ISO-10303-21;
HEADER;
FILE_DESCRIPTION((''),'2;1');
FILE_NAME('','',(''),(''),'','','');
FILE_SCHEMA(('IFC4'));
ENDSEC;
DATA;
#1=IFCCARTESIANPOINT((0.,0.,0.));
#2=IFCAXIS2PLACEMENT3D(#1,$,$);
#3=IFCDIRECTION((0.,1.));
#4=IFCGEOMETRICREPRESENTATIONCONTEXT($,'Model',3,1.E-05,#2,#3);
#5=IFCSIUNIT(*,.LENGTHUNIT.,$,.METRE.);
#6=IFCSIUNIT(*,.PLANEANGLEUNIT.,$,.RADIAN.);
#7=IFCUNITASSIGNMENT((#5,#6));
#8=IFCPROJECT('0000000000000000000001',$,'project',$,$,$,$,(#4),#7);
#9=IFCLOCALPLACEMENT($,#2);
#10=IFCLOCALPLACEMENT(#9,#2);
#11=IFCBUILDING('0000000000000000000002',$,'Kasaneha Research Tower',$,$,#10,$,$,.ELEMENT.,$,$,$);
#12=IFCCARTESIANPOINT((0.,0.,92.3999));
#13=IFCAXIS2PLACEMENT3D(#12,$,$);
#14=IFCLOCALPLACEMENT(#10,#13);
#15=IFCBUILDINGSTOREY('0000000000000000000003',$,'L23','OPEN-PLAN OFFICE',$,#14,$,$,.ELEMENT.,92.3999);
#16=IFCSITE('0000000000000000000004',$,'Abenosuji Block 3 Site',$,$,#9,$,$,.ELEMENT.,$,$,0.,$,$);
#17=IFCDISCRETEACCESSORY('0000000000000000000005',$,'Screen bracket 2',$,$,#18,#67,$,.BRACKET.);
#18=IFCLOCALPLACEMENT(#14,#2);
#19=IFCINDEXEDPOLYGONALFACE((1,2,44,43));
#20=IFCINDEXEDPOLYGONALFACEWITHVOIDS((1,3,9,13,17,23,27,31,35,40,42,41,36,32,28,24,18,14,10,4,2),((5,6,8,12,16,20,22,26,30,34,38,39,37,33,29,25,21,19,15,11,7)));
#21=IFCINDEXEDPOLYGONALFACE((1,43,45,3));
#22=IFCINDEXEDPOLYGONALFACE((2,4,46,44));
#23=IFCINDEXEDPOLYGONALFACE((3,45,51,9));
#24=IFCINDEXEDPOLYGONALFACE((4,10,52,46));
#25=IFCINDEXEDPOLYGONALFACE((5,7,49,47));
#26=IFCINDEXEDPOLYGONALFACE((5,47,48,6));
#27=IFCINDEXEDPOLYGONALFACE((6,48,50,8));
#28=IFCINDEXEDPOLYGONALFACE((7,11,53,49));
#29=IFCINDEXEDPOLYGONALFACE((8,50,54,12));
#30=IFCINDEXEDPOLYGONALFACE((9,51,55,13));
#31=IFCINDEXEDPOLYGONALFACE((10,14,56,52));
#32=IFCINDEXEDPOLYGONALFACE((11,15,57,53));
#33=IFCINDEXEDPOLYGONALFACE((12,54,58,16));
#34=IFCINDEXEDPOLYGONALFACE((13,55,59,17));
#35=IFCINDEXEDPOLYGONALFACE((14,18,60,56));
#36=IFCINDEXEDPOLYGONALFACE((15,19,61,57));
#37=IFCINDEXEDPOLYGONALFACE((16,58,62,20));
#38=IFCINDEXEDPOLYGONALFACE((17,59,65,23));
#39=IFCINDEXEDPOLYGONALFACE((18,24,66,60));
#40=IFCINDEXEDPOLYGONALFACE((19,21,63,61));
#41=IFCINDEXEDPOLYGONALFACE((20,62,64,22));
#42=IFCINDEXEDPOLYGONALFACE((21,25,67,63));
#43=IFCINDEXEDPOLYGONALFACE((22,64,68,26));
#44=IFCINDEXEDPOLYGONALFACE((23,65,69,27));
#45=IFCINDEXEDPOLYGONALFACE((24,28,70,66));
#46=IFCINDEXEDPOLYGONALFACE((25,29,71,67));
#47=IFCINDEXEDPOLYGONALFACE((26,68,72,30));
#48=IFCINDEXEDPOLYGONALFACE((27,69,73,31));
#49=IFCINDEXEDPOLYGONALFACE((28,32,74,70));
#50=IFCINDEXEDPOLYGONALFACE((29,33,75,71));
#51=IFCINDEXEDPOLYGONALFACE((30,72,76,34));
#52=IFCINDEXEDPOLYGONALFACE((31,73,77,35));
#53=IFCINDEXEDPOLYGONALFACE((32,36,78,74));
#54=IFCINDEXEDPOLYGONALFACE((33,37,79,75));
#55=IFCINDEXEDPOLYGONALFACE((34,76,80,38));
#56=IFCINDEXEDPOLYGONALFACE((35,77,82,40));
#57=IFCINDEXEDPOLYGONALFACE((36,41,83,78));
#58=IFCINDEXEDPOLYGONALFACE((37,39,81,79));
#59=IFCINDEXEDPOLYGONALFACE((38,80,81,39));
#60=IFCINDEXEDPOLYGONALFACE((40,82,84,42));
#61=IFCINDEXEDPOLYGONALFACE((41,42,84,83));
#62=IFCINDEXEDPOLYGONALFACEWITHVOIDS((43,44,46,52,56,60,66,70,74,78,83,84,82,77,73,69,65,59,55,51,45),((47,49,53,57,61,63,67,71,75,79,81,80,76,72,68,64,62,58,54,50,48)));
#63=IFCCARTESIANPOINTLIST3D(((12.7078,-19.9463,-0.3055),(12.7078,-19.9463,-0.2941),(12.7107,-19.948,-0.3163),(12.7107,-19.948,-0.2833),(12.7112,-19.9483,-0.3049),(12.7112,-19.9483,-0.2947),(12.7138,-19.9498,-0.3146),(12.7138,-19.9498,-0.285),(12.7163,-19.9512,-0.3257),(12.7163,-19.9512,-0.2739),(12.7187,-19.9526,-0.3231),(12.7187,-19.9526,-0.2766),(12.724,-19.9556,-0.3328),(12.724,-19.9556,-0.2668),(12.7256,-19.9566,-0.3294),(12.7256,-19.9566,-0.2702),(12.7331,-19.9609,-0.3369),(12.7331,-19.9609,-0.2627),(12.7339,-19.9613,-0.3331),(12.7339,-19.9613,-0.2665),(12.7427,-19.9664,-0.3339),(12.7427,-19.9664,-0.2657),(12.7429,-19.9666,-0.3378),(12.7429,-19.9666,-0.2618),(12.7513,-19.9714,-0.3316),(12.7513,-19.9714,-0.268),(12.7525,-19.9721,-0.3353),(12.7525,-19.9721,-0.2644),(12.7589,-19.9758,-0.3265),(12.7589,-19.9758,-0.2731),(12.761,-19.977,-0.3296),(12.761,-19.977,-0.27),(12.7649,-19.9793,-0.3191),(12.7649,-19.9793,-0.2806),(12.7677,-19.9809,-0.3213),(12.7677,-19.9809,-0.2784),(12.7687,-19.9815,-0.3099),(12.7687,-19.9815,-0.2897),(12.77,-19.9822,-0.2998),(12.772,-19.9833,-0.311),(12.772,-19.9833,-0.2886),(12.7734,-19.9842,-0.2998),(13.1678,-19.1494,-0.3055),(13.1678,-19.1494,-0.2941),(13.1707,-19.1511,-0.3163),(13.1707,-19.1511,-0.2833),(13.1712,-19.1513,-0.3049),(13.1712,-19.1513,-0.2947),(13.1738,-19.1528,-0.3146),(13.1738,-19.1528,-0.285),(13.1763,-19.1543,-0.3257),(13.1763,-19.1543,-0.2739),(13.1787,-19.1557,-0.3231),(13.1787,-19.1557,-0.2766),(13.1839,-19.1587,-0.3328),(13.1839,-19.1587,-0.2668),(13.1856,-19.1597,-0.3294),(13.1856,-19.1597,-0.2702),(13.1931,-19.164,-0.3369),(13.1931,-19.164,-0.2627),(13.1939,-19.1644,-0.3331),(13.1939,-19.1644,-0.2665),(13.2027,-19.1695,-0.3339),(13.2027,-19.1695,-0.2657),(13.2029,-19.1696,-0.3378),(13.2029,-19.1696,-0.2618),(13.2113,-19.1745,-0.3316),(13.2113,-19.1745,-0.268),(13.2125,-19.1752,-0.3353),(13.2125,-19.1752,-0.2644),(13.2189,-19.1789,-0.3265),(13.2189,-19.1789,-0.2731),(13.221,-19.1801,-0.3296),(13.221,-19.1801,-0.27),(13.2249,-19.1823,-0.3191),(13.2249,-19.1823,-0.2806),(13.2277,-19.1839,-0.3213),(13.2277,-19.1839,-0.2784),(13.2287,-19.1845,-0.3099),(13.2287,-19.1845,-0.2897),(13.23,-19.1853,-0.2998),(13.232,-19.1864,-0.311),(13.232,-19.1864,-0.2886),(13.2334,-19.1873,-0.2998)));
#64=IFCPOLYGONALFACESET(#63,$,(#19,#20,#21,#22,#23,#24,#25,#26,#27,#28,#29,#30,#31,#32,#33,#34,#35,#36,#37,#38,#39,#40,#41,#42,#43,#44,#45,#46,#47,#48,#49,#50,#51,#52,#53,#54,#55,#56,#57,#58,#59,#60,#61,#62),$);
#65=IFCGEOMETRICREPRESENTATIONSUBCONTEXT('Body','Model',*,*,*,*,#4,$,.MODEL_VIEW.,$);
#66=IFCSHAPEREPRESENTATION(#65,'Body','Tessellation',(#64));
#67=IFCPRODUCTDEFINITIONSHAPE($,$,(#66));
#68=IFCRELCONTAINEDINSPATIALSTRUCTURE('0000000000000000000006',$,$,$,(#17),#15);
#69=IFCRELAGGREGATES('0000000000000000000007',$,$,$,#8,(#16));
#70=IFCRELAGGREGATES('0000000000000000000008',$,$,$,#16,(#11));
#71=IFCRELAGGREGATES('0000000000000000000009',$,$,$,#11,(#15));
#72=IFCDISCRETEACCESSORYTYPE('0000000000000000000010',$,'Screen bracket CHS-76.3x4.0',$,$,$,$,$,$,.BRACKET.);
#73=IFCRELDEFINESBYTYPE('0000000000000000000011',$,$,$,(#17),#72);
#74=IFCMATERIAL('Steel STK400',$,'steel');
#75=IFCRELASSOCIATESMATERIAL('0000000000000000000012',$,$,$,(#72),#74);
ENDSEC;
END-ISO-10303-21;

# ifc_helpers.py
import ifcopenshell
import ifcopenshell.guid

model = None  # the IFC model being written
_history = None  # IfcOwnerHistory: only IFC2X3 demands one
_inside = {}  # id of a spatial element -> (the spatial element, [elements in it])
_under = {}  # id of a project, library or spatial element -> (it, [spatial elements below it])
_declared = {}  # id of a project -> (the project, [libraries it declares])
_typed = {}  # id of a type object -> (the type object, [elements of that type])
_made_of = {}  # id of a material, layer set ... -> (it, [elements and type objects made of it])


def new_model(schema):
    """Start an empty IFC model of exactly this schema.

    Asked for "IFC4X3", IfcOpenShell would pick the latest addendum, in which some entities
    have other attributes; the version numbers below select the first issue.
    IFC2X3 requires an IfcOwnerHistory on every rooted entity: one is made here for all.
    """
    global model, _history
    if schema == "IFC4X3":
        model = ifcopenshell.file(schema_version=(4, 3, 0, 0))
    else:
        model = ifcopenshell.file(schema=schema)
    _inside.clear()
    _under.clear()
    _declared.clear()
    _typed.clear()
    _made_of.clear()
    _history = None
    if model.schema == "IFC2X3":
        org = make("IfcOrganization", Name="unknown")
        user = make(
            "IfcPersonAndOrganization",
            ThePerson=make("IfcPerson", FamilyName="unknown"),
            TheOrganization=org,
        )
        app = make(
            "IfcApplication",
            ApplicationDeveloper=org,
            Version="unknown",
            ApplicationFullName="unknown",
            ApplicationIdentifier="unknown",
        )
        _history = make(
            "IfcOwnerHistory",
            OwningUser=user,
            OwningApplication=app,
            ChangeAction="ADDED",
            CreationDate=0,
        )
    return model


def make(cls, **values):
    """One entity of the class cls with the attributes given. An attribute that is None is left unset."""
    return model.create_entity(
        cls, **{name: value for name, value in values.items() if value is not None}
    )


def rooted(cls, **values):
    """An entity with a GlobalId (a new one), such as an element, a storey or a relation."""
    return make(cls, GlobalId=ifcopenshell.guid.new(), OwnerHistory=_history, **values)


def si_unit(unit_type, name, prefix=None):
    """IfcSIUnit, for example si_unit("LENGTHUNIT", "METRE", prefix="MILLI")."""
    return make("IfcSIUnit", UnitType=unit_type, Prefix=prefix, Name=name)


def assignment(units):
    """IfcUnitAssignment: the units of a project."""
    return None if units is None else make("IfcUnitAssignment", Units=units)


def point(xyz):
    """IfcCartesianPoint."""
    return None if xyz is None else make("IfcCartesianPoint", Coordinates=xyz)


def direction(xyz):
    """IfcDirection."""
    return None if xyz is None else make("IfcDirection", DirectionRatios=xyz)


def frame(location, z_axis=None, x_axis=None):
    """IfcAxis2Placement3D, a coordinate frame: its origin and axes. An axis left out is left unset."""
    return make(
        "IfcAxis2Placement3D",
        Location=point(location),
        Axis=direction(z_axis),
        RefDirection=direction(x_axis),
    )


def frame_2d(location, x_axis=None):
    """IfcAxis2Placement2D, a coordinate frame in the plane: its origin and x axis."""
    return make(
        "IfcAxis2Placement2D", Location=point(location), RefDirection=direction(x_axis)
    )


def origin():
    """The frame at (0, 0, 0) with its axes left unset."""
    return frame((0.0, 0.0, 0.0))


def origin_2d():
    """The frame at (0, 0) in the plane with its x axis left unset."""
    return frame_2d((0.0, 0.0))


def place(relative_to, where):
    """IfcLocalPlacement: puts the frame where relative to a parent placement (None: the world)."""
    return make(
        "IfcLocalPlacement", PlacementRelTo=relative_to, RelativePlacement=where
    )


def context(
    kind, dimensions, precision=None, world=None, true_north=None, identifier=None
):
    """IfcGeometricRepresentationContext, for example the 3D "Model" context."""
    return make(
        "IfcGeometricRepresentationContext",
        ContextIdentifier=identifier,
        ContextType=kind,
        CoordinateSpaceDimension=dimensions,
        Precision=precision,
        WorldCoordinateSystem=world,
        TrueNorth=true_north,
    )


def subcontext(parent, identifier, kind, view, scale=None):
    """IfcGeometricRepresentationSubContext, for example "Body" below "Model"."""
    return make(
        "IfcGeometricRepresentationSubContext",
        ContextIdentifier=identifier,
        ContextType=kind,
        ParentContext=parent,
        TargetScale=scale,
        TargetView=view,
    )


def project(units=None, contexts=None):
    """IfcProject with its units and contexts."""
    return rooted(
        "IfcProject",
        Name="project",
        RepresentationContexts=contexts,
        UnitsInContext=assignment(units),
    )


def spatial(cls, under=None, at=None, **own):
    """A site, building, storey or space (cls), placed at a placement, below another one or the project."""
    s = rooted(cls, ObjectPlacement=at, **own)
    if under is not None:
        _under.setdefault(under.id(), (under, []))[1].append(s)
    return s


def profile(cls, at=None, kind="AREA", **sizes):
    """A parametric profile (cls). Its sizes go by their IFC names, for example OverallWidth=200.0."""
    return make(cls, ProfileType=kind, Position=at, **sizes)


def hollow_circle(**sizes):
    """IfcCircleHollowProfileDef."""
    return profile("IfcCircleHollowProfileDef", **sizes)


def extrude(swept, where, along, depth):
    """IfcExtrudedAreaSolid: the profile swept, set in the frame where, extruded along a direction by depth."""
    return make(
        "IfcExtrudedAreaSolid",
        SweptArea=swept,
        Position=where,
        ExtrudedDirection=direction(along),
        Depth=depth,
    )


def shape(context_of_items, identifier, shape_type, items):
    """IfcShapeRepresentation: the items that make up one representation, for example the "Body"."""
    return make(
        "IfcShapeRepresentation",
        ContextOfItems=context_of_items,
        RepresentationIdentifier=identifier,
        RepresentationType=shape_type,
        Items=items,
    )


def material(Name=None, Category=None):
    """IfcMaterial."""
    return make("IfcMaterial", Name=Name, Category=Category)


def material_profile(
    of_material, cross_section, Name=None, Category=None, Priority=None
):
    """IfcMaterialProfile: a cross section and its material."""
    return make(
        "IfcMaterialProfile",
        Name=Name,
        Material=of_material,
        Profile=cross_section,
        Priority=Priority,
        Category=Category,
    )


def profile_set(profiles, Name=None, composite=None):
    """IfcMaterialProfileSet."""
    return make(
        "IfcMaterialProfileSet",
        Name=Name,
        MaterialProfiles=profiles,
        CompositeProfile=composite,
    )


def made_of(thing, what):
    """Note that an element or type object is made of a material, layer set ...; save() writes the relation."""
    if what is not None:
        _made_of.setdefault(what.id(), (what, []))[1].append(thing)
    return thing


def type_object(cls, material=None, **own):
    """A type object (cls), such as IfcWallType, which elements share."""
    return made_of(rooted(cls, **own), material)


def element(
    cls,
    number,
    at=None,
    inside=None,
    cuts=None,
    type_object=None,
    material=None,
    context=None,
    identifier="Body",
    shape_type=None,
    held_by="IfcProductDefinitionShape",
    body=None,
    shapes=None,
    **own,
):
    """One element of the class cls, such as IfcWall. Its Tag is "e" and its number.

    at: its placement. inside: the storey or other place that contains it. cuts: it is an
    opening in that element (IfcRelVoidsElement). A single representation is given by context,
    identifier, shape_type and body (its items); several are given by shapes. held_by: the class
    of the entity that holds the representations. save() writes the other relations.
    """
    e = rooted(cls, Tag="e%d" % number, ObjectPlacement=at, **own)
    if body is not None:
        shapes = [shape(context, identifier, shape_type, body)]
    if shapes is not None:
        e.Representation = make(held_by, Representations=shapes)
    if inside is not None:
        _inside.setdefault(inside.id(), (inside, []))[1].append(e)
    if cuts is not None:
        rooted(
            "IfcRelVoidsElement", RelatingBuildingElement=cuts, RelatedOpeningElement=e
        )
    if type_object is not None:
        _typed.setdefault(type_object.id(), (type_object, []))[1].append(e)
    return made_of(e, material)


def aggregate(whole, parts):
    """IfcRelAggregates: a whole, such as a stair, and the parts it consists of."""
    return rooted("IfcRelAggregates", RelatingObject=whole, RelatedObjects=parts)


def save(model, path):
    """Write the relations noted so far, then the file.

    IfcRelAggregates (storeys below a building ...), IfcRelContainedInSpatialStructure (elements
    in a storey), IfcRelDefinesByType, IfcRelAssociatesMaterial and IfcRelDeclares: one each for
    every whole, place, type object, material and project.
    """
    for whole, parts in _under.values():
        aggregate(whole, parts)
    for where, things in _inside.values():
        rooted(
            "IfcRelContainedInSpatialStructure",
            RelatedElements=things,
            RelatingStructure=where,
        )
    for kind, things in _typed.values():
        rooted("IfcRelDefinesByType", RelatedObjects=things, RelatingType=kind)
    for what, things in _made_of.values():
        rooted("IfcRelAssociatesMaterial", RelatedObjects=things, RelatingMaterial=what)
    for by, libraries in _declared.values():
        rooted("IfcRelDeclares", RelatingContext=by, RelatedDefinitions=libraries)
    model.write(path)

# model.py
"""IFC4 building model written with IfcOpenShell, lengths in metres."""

from ifc_helpers import new_model, si_unit, direction, frame, origin, origin_2d, place, context, subcontext, project, spatial, hollow_circle, extrude, material, material_profile, profile_set, type_object, element, save


model = new_model("IFC4")

# Units and contexts
model_context = context("Model", 3, precision=1e-05, world=origin(), true_north=direction((0.0, 1.0)))
body_context = subcontext(model_context, "Body", "Model", "MODEL_VIEW")
ifc_project = project(units=[si_unit("LENGTHUNIT", "METRE"), si_unit("PLANEANGLEUNIT", "RADIAN")], contexts=[model_context])

# Site, building, storey
site_placement = place(None, origin())
site = spatial("IfcSite", under=ifc_project, at=site_placement, Name="Abenosuji Block 3 Site", CompositionType="ELEMENT", RefElevation=0.0)
building_placement = place(site_placement, origin())
building = spatial("IfcBuilding", under=site, at=building_placement, Name="Kasaneha Research Tower", CompositionType="ELEMENT")
storey_placement = place(building_placement, frame((0.0, 0.0, 92.3999)))
storey = spatial("IfcBuildingStorey", under=building, at=storey_placement, Name="L23", Description="OPEN-PLAN OFFICE", CompositionType="ELEMENT", Elevation=92.3999)

# Discrete accessory
ifc_material_1 = material(Name="Steel STK400", Category="steel")
ifc_material_profile_1 = material_profile(ifc_material_1, hollow_circle(Radius=0.0381, WallThickness=0.0039, at=origin_2d()), Name="CHS-76.3x4.0")
ifc_profile_set_1 = profile_set([ifc_material_profile_1], Name="Steel STK400")
discrete_accessory_type = type_object("IfcDiscreteAccessoryType", Name="Screen bracket CHS-76.3x4.0", PredefinedType="BRACKET", material=ifc_profile_set_1)
discrete_accessory_1_placement = place(storey_placement, frame((13.2004, -19.1682, -0.2998), z_axis=(-0.499906, -0.86608, 0.0), x_axis=(0.86608, -0.499906, 0.0)))
element("IfcDiscreteAccessory", 1, at=discrete_accessory_1_placement, inside=storey, type_object=discrete_accessory_type, Name="Screen bracket 2", PredefinedType="BRACKET", context=body_context, shape_type="SweptSolid", body=[
    extrude(hollow_circle(Radius=0.0381, WallThickness=0.0039, at=origin_2d()), origin(), (0.0, 0.0, 1.0), 0.9202),
])

save(model, "model.ifc")
